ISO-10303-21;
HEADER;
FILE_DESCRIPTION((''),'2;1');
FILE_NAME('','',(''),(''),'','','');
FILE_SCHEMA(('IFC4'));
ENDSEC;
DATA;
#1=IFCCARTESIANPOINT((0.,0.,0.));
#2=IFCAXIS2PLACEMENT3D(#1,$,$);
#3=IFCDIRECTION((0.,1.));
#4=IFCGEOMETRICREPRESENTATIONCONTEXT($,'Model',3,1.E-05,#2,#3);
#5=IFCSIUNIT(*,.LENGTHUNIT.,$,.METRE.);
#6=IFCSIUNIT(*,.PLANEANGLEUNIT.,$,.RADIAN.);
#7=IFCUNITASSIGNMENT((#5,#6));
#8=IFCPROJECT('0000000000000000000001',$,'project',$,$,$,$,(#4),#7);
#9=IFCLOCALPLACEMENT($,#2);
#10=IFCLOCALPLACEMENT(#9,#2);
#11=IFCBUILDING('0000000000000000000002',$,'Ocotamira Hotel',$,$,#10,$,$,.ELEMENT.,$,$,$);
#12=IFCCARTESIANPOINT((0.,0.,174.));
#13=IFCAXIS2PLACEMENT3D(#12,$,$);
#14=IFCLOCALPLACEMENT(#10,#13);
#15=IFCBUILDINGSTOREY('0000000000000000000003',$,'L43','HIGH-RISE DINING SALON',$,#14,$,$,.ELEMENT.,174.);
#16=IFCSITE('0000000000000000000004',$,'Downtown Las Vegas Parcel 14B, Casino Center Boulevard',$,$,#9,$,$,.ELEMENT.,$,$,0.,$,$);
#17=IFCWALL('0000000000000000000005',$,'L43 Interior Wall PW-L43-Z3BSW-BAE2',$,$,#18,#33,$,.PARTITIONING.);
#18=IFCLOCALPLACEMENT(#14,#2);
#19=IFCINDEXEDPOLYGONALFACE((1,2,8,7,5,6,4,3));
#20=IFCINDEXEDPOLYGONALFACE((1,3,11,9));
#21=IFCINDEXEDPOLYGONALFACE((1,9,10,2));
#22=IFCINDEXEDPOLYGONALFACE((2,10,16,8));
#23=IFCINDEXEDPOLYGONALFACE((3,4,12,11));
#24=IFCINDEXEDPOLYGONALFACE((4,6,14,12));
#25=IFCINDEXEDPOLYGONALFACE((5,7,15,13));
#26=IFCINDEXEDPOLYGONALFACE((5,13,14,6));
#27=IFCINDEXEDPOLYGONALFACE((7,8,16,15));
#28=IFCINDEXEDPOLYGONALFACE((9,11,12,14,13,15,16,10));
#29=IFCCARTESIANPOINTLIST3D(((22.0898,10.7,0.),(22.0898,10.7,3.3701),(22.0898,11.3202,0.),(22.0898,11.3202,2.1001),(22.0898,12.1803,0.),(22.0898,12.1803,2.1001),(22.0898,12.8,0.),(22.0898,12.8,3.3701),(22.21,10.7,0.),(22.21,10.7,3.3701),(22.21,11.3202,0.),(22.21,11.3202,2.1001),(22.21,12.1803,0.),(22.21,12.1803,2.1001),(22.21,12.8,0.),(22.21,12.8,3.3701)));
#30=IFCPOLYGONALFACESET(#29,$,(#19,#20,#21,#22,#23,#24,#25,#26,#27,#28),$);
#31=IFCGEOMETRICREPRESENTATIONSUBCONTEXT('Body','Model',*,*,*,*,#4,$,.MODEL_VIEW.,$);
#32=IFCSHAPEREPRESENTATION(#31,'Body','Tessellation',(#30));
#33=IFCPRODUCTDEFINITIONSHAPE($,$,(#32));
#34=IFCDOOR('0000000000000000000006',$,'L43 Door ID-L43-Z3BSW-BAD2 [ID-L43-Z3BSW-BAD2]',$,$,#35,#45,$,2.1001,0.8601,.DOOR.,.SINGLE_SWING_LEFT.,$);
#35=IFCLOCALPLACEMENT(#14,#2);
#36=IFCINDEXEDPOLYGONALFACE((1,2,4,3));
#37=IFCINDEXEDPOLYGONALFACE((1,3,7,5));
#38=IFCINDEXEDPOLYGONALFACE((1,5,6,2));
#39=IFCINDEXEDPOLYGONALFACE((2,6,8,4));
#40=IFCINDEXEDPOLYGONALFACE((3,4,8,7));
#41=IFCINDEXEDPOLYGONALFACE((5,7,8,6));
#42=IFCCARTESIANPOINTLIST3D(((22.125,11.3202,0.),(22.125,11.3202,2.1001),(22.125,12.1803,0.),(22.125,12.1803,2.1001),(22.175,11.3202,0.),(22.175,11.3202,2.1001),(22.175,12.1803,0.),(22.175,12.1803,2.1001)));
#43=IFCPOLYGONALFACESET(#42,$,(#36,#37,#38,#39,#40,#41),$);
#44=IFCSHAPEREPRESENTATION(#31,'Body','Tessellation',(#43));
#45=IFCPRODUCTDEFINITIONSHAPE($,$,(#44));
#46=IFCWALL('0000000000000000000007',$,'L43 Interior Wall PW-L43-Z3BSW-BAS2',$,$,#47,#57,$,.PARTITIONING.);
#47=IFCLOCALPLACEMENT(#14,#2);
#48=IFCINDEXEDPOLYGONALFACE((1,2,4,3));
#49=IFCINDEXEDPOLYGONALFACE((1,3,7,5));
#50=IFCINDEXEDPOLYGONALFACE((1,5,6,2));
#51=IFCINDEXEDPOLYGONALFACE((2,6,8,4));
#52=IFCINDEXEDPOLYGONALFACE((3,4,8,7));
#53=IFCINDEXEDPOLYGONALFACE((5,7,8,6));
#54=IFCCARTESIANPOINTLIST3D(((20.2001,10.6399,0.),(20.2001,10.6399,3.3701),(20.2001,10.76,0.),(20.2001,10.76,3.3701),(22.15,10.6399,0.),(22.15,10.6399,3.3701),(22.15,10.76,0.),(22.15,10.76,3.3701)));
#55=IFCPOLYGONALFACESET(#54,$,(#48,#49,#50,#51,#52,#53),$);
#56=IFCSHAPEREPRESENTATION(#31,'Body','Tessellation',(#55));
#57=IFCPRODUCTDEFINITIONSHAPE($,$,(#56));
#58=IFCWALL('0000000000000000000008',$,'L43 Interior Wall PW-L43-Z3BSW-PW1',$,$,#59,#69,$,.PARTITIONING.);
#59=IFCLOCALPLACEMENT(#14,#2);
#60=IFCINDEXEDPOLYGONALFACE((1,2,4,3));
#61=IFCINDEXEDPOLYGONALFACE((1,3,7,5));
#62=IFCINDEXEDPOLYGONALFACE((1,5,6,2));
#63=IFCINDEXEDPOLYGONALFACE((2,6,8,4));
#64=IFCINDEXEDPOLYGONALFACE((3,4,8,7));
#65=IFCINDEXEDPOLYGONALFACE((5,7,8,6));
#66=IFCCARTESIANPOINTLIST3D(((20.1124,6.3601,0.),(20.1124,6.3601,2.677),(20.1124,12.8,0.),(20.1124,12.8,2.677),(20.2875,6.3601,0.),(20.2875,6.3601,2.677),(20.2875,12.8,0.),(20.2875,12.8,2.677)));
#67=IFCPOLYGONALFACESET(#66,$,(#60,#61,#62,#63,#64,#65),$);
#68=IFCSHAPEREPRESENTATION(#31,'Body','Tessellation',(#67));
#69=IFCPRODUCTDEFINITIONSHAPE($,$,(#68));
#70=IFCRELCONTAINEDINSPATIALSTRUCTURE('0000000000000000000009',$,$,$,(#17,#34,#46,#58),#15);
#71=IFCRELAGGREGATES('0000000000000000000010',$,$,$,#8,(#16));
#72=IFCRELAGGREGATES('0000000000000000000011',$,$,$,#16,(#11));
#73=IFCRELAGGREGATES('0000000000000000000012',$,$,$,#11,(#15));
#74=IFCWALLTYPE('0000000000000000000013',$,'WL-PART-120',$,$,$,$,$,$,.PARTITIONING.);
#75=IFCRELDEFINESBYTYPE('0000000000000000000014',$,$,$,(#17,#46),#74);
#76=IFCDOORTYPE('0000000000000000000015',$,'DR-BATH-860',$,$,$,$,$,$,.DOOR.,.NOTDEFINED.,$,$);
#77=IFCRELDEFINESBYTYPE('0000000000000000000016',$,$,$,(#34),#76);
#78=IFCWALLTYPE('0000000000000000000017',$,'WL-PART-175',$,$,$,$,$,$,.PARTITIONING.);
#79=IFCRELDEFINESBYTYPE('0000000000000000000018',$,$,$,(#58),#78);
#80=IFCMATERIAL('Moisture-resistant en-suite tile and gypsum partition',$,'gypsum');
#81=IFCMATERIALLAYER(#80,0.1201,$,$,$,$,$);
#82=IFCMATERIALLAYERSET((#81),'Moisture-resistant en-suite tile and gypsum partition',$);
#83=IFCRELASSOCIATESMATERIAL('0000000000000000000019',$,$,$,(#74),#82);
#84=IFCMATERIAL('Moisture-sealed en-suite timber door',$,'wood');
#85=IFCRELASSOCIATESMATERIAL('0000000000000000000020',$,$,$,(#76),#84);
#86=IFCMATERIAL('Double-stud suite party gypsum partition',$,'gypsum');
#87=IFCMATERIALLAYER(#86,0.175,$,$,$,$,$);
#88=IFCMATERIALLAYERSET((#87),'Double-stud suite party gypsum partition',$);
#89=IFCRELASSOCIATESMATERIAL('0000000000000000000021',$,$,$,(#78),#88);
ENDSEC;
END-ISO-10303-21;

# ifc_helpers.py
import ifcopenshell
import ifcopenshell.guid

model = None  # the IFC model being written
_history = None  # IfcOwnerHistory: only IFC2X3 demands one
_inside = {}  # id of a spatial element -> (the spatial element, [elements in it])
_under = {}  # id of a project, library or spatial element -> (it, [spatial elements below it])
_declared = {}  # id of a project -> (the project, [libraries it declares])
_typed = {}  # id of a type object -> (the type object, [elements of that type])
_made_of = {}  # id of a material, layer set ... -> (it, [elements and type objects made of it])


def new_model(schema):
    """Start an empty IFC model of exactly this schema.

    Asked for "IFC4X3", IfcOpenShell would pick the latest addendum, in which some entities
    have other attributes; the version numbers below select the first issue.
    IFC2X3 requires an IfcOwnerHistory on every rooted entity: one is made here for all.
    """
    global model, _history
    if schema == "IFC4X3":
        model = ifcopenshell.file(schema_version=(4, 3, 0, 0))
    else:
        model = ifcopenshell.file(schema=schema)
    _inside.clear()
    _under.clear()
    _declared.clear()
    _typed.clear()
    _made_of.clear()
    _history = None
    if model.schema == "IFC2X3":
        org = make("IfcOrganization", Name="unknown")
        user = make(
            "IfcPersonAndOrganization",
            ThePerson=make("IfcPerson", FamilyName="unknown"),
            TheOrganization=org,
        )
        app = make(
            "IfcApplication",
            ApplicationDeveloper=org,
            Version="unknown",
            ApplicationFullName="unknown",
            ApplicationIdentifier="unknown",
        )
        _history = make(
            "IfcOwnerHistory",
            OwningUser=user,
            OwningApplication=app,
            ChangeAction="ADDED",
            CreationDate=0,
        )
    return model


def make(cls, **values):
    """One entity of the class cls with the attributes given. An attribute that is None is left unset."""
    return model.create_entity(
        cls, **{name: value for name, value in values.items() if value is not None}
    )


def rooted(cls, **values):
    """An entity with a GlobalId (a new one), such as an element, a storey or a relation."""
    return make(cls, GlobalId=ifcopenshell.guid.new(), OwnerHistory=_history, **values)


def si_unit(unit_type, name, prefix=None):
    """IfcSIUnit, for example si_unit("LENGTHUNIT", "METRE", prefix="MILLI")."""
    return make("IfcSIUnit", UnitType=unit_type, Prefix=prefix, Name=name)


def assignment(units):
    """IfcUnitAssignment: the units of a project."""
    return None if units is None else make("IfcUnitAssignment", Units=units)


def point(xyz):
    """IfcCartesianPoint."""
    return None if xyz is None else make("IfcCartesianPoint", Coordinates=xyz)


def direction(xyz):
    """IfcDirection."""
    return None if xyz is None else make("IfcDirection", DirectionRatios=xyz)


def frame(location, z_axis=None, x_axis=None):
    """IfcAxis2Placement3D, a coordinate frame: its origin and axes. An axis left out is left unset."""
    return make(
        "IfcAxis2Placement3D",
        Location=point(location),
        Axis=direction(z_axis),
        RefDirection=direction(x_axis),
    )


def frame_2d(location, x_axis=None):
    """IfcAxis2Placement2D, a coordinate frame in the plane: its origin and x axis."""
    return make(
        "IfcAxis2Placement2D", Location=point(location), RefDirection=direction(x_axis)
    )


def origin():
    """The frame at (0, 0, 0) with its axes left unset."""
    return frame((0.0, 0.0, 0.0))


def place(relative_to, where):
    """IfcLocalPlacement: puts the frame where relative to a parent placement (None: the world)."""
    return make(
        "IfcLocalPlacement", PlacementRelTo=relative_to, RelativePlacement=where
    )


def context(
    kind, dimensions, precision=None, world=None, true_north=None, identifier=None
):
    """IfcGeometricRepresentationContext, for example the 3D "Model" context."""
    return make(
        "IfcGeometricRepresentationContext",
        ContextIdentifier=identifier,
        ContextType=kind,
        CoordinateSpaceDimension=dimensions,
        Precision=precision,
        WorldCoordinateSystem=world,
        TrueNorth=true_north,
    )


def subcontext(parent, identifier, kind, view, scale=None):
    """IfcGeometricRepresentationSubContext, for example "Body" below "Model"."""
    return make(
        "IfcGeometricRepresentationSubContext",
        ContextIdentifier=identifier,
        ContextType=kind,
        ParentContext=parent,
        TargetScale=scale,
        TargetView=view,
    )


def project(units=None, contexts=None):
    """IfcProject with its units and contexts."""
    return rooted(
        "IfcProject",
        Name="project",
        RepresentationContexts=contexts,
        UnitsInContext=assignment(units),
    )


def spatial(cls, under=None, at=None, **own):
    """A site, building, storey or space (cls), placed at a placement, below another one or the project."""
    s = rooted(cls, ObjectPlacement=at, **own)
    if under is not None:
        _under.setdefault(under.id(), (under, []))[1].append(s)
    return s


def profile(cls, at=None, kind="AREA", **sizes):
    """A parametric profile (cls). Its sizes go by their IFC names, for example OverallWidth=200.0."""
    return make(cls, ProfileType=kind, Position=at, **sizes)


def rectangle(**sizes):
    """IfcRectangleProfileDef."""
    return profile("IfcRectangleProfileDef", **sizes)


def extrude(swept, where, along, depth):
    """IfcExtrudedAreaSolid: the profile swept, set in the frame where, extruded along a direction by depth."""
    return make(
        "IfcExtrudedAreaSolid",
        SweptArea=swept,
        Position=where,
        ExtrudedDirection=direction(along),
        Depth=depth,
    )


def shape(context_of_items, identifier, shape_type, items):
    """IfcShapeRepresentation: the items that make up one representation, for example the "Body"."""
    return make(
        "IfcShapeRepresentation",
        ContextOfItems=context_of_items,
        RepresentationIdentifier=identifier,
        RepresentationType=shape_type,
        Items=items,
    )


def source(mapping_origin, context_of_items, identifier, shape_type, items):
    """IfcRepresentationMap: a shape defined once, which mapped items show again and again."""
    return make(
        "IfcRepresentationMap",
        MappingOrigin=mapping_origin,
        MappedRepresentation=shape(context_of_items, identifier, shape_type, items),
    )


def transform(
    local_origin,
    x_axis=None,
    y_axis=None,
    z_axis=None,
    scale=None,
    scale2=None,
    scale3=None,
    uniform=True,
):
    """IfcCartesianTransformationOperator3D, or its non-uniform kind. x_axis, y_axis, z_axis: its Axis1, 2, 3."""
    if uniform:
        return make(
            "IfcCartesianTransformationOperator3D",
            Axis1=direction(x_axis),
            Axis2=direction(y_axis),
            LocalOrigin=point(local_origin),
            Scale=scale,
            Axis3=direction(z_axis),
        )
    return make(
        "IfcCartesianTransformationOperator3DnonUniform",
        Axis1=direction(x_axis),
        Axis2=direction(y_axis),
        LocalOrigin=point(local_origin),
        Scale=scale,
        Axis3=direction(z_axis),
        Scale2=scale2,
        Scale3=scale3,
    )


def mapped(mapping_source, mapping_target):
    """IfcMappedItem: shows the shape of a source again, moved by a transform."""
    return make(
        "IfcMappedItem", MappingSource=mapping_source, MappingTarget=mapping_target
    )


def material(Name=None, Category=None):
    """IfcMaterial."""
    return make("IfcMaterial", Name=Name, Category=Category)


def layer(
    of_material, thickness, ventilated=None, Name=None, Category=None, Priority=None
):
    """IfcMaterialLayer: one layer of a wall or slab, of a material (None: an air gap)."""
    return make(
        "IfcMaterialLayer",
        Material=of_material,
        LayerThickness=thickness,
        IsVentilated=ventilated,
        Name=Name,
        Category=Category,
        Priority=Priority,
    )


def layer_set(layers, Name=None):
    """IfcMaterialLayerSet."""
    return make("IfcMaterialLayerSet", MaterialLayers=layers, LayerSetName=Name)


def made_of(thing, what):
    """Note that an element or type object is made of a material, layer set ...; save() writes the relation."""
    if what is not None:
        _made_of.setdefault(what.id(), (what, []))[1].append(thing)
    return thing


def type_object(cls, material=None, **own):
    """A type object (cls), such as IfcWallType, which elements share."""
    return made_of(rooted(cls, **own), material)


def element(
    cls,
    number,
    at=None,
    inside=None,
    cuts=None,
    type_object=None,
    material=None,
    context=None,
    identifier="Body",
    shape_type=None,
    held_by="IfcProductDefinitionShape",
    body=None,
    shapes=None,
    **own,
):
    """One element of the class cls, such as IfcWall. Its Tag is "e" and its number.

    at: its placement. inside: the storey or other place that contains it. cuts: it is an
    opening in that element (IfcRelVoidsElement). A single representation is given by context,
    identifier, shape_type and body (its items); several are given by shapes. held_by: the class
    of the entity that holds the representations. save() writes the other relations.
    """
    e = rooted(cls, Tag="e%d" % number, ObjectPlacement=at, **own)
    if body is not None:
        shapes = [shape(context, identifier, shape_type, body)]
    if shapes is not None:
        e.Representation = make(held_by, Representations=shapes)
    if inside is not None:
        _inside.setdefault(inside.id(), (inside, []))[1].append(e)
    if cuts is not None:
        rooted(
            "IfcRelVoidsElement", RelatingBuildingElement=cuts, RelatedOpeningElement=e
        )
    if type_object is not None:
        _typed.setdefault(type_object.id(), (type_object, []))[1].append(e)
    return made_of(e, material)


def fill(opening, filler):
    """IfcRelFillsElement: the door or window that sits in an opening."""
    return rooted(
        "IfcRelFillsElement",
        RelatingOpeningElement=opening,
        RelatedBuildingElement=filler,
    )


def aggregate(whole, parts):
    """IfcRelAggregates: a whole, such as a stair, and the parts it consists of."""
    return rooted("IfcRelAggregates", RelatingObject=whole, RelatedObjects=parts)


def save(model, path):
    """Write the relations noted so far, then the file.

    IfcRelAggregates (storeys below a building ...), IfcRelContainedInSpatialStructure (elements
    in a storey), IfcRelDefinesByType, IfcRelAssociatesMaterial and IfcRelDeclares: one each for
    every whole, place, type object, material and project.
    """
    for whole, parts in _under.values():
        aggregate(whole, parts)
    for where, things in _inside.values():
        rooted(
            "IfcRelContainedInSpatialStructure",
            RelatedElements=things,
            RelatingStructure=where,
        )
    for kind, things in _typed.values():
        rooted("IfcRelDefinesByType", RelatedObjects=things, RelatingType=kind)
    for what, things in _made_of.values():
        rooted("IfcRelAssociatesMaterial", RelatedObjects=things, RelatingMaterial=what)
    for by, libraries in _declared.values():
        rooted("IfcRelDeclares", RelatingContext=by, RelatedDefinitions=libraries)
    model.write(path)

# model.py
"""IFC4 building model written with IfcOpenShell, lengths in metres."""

from ifc_helpers import new_model, si_unit, direction, frame, frame_2d, origin, place, context, subcontext, project, spatial, rectangle, extrude, source, transform, mapped, material, layer, layer_set, type_object, element, fill, save


model = new_model("IFC4")

# Units and contexts
model_context = context("Model", 3, precision=1e-05, world=origin(), true_north=direction((0.0, 1.0)))
body_context = subcontext(model_context, "Body", "Model", "MODEL_VIEW")
ifc_project = project(units=[si_unit("LENGTHUNIT", "METRE"), si_unit("PLANEANGLEUNIT", "RADIAN")], contexts=[model_context])

# Site, building, storey
site_placement = place(None, origin())
site = spatial("IfcSite", under=ifc_project, at=site_placement, Name="Downtown Las Vegas Parcel 14B, Casino Center Boulevard", CompositionType="ELEMENT", RefElevation=0.0)
building_placement = place(site_placement, origin())
building = spatial("IfcBuilding", under=site, at=building_placement, Name="Ocotamira Hotel", CompositionType="ELEMENT")
storey_placement = place(building_placement, frame((0.0, 0.0, 174.0)))
storey = spatial("IfcBuildingStorey", under=building, at=storey_placement, Name="L43", Description="HIGH-RISE DINING SALON", CompositionType="ELEMENT", Elevation=174.0)

# Shared definitions
ifc_material_1 = material(Name="Moisture-resistant en-suite tile and gypsum partition", Category="gypsum")
ifc_layer_1 = layer(ifc_material_1, 0.1201)
ifc_layer_set_1 = layer_set([ifc_layer_1], Name="Moisture-resistant en-suite tile and gypsum partition")
wall_type_1 = type_object("IfcWallType", Name="WL-PART-120", PredefinedType="PARTITIONING", material=ifc_layer_set_1)
ifc_material_2 = material(Name="Moisture-sealed en-suite timber door", Category="wood")
door_type = type_object("IfcDoorType", Name="DR-BATH-860", OperationType="NOTDEFINED", PredefinedType="DOOR", material=ifc_material_2)
shared_shape_1 = source(origin(), body_context, "Body", "SweptSolid", [
    extrude(rectangle(XDim=0.8601, YDim=2.1001, at=frame_2d((0.4302, 1.05))), frame((0.0, 0.0249, 0.0), z_axis=(0.0, -1.0, 0.0), x_axis=(1.0, 0.0, 0.0)), (0.0, 0.0, 1.0), 0.05),
])

# Wall, opening, door
wall_1_placement = place(storey_placement, frame((22.1499, 10.7, 0.0), z_axis=(0.0, 0.0, 1.0), x_axis=(0.0, 1.0, 0.0)))
wall_1 = element("IfcWall", 1, at=wall_1_placement, inside=storey, type_object=wall_type_1, Name="L43 Interior Wall PW-L43-Z3BSW-BAE2", PredefinedType="PARTITIONING", context=body_context, shape_type="SweptSolid", body=[
    extrude(rectangle(XDim=2.1001, YDim=0.1201, at=frame_2d((1.05, 0.0))), origin(), (0.0, 0.0, 1.0), 3.3701),
])
opening_1_placement = place(wall_1_placement, frame((0.6201, 0.0, 0.0)))
opening_1 = element("IfcOpeningElement", 2, at=opening_1_placement, cuts=wall_1, PredefinedType="OPENING", context=body_context, shape_type="SweptSolid", body=[
    extrude(rectangle(XDim=0.8601, YDim=2.1001, at=frame_2d((0.4302, 1.05))), frame((0.0, 0.0701, 0.0), z_axis=(0.0, -1.0, 0.0), x_axis=(1.0, 0.0, 0.0)), (0.0, 0.0, 1.0), 0.1401),
])
door_1_placement = place(opening_1_placement, origin())
door_1 = element("IfcDoor", 3, at=door_1_placement, inside=storey, type_object=door_type, Name="L43 Door ID-L43-Z3BSW-BAD2 [ID-L43-Z3BSW-BAD2]", OperationType="SINGLE_SWING_LEFT", OverallHeight=2.1001, OverallWidth=0.8601, PredefinedType="DOOR", context=body_context, shape_type="MappedRepresentation", body=[
    mapped(shared_shape_1, transform((0.0, 0.0, 0.0), scale=1.0)),
])
fill(opening_1, door_1)

# Walls
wall_2_placement = place(storey_placement, frame((20.2, 10.7, 0.0), z_axis=(0.0, 0.0, 1.0), x_axis=(1.0, 0.0, 0.0)))
element("IfcWall", 4, at=wall_2_placement, inside=storey, type_object=wall_type_1, Name="L43 Interior Wall PW-L43-Z3BSW-BAS2", PredefinedType="PARTITIONING", context=body_context, shape_type="SweptSolid", body=[
    extrude(rectangle(XDim=1.95, YDim=0.1201, at=frame_2d((0.9751, 0.0))), origin(), (0.0, 0.0, 1.0), 3.3701),
])
ifc_material_3 = material(Name="Double-stud suite party gypsum partition", Category="gypsum")
ifc_layer_2 = layer(ifc_material_3, 0.175)
ifc_layer_set_2 = layer_set([ifc_layer_2], Name="Double-stud suite party gypsum partition")
wall_type_2 = type_object("IfcWallType", Name="WL-PART-175", PredefinedType="PARTITIONING", material=ifc_layer_set_2)
wall_3_placement = place(storey_placement, frame((20.2, 6.3601, 0.0), z_axis=(0.0, 0.0, 1.0), x_axis=(0.0, 1.0, 0.0)))
element("IfcWall", 5, at=wall_3_placement, inside=storey, type_object=wall_type_2, Name="L43 Interior Wall PW-L43-Z3BSW-PW1", PredefinedType="PARTITIONING", context=body_context, shape_type="SweptSolid", body=[
    extrude(rectangle(XDim=6.4399, YDim=0.175, at=frame_2d((3.22, 0.0))), origin(), (0.0, 0.0, 1.0), 2.677),
])

save(model, "model.ifc")
